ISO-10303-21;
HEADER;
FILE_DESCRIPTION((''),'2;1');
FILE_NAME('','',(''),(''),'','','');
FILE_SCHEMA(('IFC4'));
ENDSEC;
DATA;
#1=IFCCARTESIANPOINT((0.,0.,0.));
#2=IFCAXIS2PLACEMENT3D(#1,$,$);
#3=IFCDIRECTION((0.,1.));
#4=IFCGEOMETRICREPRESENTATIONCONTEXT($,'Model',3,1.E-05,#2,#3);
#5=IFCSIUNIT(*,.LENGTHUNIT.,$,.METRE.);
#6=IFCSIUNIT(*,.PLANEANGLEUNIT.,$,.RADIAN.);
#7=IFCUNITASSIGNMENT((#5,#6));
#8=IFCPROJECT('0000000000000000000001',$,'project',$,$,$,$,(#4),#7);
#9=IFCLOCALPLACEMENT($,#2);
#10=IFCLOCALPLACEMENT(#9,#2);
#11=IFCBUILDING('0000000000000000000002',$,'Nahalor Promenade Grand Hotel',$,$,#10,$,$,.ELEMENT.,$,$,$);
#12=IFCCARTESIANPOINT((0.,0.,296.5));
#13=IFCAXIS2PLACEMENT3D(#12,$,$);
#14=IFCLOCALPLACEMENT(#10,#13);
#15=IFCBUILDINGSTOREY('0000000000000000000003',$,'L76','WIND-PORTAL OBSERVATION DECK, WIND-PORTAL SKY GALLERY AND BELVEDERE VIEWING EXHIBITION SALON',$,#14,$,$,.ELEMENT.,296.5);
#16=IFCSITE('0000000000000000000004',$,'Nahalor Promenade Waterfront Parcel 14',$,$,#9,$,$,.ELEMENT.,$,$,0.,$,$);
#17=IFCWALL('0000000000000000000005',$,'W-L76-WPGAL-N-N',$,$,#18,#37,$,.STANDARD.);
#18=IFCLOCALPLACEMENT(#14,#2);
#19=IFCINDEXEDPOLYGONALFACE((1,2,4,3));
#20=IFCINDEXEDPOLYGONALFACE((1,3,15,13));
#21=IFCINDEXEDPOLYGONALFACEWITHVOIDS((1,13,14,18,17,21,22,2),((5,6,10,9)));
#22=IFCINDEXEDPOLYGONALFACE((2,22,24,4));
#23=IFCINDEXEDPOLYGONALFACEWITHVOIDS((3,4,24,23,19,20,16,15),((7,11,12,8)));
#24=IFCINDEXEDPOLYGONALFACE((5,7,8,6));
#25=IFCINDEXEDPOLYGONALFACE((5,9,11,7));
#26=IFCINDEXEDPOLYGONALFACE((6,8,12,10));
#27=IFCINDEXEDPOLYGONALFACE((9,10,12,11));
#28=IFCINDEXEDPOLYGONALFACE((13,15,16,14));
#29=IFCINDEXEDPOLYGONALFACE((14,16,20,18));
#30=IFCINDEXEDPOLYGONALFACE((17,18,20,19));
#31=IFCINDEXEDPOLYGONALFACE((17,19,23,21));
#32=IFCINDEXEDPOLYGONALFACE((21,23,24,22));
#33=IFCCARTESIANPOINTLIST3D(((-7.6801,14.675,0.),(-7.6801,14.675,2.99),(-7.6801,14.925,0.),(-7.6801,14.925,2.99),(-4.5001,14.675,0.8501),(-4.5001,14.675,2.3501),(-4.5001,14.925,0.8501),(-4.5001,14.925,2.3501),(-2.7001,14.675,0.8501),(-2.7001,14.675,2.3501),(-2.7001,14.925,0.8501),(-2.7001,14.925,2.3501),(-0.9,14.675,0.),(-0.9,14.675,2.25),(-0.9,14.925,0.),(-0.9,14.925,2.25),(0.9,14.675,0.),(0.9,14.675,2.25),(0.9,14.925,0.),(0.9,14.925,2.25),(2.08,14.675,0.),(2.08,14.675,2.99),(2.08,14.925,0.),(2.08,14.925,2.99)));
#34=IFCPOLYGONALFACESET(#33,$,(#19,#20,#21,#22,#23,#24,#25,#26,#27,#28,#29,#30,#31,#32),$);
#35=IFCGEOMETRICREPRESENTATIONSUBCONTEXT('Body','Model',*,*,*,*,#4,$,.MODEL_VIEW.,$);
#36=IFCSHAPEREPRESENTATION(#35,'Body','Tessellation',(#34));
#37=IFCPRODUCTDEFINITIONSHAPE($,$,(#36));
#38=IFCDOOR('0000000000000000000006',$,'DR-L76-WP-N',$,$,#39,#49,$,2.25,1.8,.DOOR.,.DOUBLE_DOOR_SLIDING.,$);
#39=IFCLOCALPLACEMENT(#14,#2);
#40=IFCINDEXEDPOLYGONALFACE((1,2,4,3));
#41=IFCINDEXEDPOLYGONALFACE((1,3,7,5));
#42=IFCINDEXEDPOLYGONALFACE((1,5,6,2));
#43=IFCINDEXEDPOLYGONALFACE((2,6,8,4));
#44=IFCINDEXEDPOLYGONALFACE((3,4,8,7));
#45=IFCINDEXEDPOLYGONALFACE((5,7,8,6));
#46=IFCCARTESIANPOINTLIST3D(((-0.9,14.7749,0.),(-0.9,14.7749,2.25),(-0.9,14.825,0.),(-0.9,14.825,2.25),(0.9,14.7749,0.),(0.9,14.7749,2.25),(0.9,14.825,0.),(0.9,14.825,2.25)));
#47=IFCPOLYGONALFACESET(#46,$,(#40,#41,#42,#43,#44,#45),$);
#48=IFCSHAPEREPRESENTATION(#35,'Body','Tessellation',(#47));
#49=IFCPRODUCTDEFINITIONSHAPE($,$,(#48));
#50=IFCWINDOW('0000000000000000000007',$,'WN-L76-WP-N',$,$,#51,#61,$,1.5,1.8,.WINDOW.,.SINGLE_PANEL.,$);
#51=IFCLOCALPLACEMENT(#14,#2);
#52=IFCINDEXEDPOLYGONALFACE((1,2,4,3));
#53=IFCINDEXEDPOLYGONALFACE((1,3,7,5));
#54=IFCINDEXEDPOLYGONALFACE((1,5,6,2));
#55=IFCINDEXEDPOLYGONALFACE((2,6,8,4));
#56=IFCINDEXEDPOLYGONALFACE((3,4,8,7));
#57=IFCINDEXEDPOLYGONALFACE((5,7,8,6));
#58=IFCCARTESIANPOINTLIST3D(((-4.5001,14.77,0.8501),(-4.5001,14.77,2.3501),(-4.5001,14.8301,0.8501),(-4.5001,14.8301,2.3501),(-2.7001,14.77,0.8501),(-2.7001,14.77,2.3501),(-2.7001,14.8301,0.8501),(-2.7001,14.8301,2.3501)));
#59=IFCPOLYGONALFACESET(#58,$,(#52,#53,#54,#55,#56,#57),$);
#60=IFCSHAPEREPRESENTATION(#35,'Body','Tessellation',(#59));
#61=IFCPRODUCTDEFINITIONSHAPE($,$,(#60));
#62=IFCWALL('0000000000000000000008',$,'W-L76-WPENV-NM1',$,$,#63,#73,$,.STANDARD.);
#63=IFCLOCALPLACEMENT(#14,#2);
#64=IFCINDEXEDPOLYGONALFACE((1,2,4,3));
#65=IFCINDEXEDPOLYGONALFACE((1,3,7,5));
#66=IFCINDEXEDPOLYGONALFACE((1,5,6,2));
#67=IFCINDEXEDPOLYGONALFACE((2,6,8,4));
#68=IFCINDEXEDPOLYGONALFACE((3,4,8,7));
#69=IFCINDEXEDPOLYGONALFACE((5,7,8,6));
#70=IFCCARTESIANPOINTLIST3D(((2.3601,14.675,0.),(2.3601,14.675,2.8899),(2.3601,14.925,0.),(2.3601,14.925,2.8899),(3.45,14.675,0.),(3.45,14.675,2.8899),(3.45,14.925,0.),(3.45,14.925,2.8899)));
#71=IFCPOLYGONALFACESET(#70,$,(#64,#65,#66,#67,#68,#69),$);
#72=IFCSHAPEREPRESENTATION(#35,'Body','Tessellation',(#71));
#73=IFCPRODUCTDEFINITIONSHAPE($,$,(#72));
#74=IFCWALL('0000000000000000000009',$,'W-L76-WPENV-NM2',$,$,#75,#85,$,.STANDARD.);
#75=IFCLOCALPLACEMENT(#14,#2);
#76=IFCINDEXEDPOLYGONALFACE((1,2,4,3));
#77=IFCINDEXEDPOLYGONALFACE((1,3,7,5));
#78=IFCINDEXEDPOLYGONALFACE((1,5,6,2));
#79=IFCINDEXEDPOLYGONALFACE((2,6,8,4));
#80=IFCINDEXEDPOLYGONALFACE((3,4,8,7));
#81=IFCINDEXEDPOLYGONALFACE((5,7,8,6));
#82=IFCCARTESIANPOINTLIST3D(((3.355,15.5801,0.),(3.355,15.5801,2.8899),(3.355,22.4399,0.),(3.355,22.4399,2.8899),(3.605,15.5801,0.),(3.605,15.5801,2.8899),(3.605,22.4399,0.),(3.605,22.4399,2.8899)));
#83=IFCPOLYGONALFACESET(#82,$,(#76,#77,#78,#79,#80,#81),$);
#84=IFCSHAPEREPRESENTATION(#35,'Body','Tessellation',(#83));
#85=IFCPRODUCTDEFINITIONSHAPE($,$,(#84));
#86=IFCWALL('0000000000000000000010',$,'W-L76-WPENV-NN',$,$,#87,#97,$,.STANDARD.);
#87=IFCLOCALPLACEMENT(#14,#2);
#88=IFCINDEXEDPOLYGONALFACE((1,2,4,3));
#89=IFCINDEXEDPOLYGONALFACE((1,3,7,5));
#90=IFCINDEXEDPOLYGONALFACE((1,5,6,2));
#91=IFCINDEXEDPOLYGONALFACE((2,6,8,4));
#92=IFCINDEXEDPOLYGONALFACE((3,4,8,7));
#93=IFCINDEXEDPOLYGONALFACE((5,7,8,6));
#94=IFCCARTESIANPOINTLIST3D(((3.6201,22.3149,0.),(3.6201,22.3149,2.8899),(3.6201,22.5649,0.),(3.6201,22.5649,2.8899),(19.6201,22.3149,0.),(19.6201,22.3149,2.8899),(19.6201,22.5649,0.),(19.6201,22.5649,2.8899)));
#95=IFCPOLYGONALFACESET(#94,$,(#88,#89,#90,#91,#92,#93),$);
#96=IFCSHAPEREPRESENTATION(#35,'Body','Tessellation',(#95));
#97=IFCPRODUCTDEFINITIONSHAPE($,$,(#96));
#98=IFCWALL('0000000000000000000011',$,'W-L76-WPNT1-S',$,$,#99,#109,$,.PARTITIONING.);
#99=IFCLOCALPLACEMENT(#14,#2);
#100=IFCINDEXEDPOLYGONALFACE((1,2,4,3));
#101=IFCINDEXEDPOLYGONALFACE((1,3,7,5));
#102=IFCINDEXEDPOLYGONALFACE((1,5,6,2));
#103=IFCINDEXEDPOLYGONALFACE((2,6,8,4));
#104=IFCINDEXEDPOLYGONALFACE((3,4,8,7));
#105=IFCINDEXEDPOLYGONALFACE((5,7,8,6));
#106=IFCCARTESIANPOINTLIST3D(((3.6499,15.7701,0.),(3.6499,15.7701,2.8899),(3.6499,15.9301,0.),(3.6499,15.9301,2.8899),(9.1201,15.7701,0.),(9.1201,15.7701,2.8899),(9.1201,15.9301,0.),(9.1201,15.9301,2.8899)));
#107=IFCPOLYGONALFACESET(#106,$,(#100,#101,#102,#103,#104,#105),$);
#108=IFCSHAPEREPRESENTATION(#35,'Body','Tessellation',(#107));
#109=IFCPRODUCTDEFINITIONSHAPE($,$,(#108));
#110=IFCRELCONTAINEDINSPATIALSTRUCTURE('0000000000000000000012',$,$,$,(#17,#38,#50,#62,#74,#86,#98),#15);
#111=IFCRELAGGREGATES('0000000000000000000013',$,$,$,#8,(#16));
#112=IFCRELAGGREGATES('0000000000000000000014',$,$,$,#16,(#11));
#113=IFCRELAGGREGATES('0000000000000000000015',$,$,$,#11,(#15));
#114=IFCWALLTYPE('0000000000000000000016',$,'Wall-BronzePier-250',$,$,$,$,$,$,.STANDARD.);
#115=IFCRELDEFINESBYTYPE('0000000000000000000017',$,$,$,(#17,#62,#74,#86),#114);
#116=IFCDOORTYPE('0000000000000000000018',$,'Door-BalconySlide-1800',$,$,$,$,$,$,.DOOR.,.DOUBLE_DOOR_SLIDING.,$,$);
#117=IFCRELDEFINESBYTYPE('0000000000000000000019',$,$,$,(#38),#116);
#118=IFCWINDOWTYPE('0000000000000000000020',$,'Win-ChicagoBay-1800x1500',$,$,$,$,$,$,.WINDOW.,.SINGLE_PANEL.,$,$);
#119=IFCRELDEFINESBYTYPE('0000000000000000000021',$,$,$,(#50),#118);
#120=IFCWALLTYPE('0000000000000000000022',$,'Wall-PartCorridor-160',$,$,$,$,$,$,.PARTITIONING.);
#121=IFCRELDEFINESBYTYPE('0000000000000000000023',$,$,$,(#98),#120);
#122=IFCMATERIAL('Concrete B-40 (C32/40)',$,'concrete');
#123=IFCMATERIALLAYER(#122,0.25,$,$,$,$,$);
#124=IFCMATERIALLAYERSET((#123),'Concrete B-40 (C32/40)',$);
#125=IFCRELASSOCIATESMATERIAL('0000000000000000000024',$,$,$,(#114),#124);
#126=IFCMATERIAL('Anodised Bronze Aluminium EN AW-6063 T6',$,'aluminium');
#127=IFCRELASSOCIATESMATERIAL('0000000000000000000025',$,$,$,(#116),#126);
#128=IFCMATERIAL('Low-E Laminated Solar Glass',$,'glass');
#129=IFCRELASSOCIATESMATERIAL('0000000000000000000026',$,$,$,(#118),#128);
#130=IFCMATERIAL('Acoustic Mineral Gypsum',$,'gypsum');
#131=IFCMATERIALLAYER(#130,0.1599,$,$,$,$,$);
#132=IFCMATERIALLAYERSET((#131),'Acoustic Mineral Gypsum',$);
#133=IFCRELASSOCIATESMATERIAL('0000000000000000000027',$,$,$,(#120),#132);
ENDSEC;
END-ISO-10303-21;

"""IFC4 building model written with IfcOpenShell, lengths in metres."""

from ifc_helpers import new_model, si_unit, direction, frame, frame_2d, origin, place, context, subcontext, project, spatial, rectangle, extrude, source, transform, mapped, material, layer, layer_set, type_object, element, fill, save


model = new_model("IFC4")

# Units and contexts
model_context = context("Model", 3, precision=1e-05, world=origin(), true_north=direction((0.0, 1.0)))
body_context = subcontext(model_context, "Body", "Model", "MODEL_VIEW")
ifc_project = project(units=[si_unit("LENGTHUNIT", "METRE"), si_unit("PLANEANGLEUNIT", "RADIAN")], contexts=[model_context])

# Site, building, storey
site_placement = place(None, origin())
site = spatial("IfcSite", under=ifc_project, at=site_placement, Name="Nahalor Promenade Waterfront Parcel 14", CompositionType="ELEMENT", RefElevation=0.0)
building_placement = place(site_placement, origin())
building = spatial("IfcBuilding", under=site, at=building_placement, Name="Nahalor Promenade Grand Hotel", CompositionType="ELEMENT")
storey_placement = place(building_placement, frame((0.0, 0.0, 296.5)))
storey = spatial("IfcBuildingStorey", under=building, at=storey_placement, Name="L76", Description="WIND-PORTAL OBSERVATION DECK, WIND-PORTAL SKY GALLERY AND BELVEDERE VIEWING EXHIBITION SALON", CompositionType="ELEMENT", Elevation=296.5)

# Wall, openings, door, window
ifc_material_1 = material(Name="Concrete B-40 (C32/40)", Category="concrete")
ifc_layer_1 = layer(ifc_material_1, 0.25)
ifc_layer_set_1 = layer_set([ifc_layer_1], Name="Concrete B-40 (C32/40)")
wall_type_1 = type_object("IfcWallType", Name="Wall-BronzePier-250", PredefinedType="STANDARD", material=ifc_layer_set_1)
shared_shape_1 = source(origin(), body_context, "Body", "SweptSolid", [
    extrude(rectangle(XDim=9.76, YDim=0.25, at=frame_2d((4.8799, 0.0))), origin(), (0.0, 0.0, 1.0), 2.99),
])
wall_1_placement = place(storey_placement, frame((-7.6799, 14.8, 0.0), z_axis=(0.0, 0.0, 1.0), x_axis=(1.0, 0.0, 0.0)))
wall_1 = element("IfcWall", 1, at=wall_1_placement, inside=storey, type_object=wall_type_1, Name="W-L76-WPGAL-N-N", PredefinedType="STANDARD", context=body_context, shape_type="MappedRepresentation", body=[
    mapped(shared_shape_1, transform((0.0, 0.0, 0.0), scale=1.0)),
])
opening_1_placement = place(wall_1_placement, frame((6.78, 0.0, 0.0)))
opening_1 = element("IfcOpeningElement", 2, at=opening_1_placement, cuts=wall_1, PredefinedType="OPENING", context=body_context, shape_type="SweptSolid", body=[
    extrude(rectangle(XDim=1.8, YDim=2.25, at=frame_2d((0.8999, 1.125))), frame((0.0, 0.135, 0.0), z_axis=(0.0, -1.0, 0.0), x_axis=(1.0, 0.0, 0.0)), (0.0, 0.0, 1.0), 0.27),
])
opening_2_placement = place(wall_1_placement, frame((3.1799, 0.0, 0.8501)))
opening_2 = element("IfcOpeningElement", 3, at=opening_2_placement, cuts=wall_1, PredefinedType="OPENING", context=body_context, shape_type="SweptSolid", body=[
    extrude(rectangle(XDim=1.8, YDim=1.5, at=frame_2d((0.8999, 0.75))), frame((0.0, 0.135, 0.0), z_axis=(0.0, -1.0, 0.0), x_axis=(1.0, 0.0, 0.0)), (0.0, 0.0, 1.0), 0.27),
])
ifc_material_2 = material(Name="Anodised Bronze Aluminium EN AW-6063 T6", Category="aluminium")
door_type = type_object("IfcDoorType", Name="Door-BalconySlide-1800", OperationType="DOUBLE_DOOR_SLIDING", PredefinedType="DOOR", material=ifc_material_2)
shared_shape_2 = source(origin(), body_context, "Body", "SweptSolid", [
    extrude(rectangle(XDim=1.8, YDim=2.25, at=frame_2d((0.8999, 1.125))), frame((0.0, 0.0249, 0.0), z_axis=(0.0, -1.0, 0.0), x_axis=(1.0, 0.0, 0.0)), (0.0, 0.0, 1.0), 0.05),
])
door_placement = place(opening_1_placement, origin())
door = element("IfcDoor", 4, at=door_placement, inside=storey, type_object=door_type, Name="DR-L76-WP-N", OperationType="DOUBLE_DOOR_SLIDING", OverallHeight=2.25, OverallWidth=1.8, PredefinedType="DOOR", context=body_context, shape_type="MappedRepresentation", body=[
    mapped(shared_shape_2, transform((0.0, 0.0, 0.0), scale=1.0)),
])
fill(opening_1, door)
ifc_material_3 = material(Name="Low-E Laminated Solar Glass", Category="glass")
window_type = type_object("IfcWindowType", Name="Win-ChicagoBay-1800x1500", PartitioningType="SINGLE_PANEL", PredefinedType="WINDOW", material=ifc_material_3)
shared_shape_3 = source(origin(), body_context, "Body", "SweptSolid", [
    extrude(rectangle(XDim=1.8, YDim=1.5, at=frame_2d((0.8999, 0.75))), frame((0.0, 0.03, 0.0), z_axis=(0.0, -1.0, 0.0), x_axis=(1.0, 0.0, 0.0)), (0.0, 0.0, 1.0), 0.0601),
])
window_placement = place(opening_2_placement, origin())
window = element("IfcWindow", 5, at=window_placement, inside=storey, type_object=window_type, Name="WN-L76-WP-N", OverallHeight=1.5, OverallWidth=1.8, PartitioningType="SINGLE_PANEL", PredefinedType="WINDOW", context=body_context, shape_type="MappedRepresentation", body=[
    mapped(shared_shape_3, transform((0.0, 0.0, 0.0), scale=1.0)),
])
fill(opening_2, window)

# Walls
shared_shape_4 = source(origin(), body_context, "Body", "SweptSolid", [
    extrude(rectangle(XDim=1.0898, YDim=0.25, at=frame_2d((0.5449, 0.0))), origin(), (0.0, 0.0, 1.0), 2.8899),
])
wall_2_placement = place(storey_placement, frame((2.3601, 14.8, 0.0), z_axis=(0.0, 0.0, 1.0), x_axis=(1.0, 0.0, 0.0)))
element("IfcWall", 6, at=wall_2_placement, inside=storey, type_object=wall_type_1, Name="W-L76-WPENV-NM1", PredefinedType="STANDARD", context=body_context, shape_type="MappedRepresentation", body=[
    mapped(shared_shape_4, transform((0.0, 0.0, 0.0), scale=1.0)),
])
shared_shape_5 = source(origin(), body_context, "Body", "SweptSolid", [
    extrude(rectangle(XDim=6.8599, YDim=0.25, at=frame_2d((3.4299, 0.0))), origin(), (0.0, 0.0, 1.0), 2.8899),
])
wall_3_placement = place(storey_placement, frame((3.48, 15.5801, 0.0), z_axis=(0.0, 0.0, 1.0), x_axis=(0.0, 1.0, 0.0)))
element("IfcWall", 7, at=wall_3_placement, inside=storey, type_object=wall_type_1, Name="W-L76-WPENV-NM2", PredefinedType="STANDARD", context=body_context, shape_type="MappedRepresentation", body=[
    mapped(shared_shape_5, transform((0.0, 0.0, 0.0), scale=1.0)),
])
shared_shape_6 = source(origin(), body_context, "Body", "SweptSolid", [
    extrude(rectangle(XDim=16.0, YDim=0.25, at=frame_2d((8.0, 0.0))), origin(), (0.0, 0.0, 1.0), 2.8899),
])
wall_4_placement = place(storey_placement, frame((3.6201, 22.4399, 0.0), z_axis=(0.0, 0.0, 1.0), x_axis=(1.0, 0.0, 0.0)))
element("IfcWall", 8, at=wall_4_placement, inside=storey, type_object=wall_type_1, Name="W-L76-WPENV-NN", PredefinedType="STANDARD", context=body_context, shape_type="MappedRepresentation", body=[
    mapped(shared_shape_6, transform((0.0, 0.0, 0.0), scale=1.0)),
])
ifc_material_4 = material(Name="Acoustic Mineral Gypsum", Category="gypsum")
ifc_layer_2 = layer(ifc_material_4, 0.1599)
ifc_layer_set_2 = layer_set([ifc_layer_2], Name="Acoustic Mineral Gypsum")
wall_type_2 = type_object("IfcWallType", Name="Wall-PartCorridor-160", PredefinedType="PARTITIONING", material=ifc_layer_set_2)
shared_shape_7 = source(origin(), body_context, "Body", "SweptSolid", [
    extrude(rectangle(XDim=5.4702, YDim=0.1599, at=frame_2d((2.7351, 0.0))), origin(), (0.0, 0.0, 1.0), 2.8899),
])
wall_5_placement = place(storey_placement, frame((3.6499, 15.8501, 0.0), z_axis=(0.0, 0.0, 1.0), x_axis=(1.0, 0.0, 0.0)))
element("IfcWall", 9, at=wall_5_placement, inside=storey, type_object=wall_type_2, Name="W-L76-WPNT1-S", PredefinedType="PARTITIONING", context=body_context, shape_type="MappedRepresentation", body=[
    mapped(shared_shape_7, transform((0.0, 0.0, 0.0), scale=1.0)),
])

save(model, "model.ifc")
